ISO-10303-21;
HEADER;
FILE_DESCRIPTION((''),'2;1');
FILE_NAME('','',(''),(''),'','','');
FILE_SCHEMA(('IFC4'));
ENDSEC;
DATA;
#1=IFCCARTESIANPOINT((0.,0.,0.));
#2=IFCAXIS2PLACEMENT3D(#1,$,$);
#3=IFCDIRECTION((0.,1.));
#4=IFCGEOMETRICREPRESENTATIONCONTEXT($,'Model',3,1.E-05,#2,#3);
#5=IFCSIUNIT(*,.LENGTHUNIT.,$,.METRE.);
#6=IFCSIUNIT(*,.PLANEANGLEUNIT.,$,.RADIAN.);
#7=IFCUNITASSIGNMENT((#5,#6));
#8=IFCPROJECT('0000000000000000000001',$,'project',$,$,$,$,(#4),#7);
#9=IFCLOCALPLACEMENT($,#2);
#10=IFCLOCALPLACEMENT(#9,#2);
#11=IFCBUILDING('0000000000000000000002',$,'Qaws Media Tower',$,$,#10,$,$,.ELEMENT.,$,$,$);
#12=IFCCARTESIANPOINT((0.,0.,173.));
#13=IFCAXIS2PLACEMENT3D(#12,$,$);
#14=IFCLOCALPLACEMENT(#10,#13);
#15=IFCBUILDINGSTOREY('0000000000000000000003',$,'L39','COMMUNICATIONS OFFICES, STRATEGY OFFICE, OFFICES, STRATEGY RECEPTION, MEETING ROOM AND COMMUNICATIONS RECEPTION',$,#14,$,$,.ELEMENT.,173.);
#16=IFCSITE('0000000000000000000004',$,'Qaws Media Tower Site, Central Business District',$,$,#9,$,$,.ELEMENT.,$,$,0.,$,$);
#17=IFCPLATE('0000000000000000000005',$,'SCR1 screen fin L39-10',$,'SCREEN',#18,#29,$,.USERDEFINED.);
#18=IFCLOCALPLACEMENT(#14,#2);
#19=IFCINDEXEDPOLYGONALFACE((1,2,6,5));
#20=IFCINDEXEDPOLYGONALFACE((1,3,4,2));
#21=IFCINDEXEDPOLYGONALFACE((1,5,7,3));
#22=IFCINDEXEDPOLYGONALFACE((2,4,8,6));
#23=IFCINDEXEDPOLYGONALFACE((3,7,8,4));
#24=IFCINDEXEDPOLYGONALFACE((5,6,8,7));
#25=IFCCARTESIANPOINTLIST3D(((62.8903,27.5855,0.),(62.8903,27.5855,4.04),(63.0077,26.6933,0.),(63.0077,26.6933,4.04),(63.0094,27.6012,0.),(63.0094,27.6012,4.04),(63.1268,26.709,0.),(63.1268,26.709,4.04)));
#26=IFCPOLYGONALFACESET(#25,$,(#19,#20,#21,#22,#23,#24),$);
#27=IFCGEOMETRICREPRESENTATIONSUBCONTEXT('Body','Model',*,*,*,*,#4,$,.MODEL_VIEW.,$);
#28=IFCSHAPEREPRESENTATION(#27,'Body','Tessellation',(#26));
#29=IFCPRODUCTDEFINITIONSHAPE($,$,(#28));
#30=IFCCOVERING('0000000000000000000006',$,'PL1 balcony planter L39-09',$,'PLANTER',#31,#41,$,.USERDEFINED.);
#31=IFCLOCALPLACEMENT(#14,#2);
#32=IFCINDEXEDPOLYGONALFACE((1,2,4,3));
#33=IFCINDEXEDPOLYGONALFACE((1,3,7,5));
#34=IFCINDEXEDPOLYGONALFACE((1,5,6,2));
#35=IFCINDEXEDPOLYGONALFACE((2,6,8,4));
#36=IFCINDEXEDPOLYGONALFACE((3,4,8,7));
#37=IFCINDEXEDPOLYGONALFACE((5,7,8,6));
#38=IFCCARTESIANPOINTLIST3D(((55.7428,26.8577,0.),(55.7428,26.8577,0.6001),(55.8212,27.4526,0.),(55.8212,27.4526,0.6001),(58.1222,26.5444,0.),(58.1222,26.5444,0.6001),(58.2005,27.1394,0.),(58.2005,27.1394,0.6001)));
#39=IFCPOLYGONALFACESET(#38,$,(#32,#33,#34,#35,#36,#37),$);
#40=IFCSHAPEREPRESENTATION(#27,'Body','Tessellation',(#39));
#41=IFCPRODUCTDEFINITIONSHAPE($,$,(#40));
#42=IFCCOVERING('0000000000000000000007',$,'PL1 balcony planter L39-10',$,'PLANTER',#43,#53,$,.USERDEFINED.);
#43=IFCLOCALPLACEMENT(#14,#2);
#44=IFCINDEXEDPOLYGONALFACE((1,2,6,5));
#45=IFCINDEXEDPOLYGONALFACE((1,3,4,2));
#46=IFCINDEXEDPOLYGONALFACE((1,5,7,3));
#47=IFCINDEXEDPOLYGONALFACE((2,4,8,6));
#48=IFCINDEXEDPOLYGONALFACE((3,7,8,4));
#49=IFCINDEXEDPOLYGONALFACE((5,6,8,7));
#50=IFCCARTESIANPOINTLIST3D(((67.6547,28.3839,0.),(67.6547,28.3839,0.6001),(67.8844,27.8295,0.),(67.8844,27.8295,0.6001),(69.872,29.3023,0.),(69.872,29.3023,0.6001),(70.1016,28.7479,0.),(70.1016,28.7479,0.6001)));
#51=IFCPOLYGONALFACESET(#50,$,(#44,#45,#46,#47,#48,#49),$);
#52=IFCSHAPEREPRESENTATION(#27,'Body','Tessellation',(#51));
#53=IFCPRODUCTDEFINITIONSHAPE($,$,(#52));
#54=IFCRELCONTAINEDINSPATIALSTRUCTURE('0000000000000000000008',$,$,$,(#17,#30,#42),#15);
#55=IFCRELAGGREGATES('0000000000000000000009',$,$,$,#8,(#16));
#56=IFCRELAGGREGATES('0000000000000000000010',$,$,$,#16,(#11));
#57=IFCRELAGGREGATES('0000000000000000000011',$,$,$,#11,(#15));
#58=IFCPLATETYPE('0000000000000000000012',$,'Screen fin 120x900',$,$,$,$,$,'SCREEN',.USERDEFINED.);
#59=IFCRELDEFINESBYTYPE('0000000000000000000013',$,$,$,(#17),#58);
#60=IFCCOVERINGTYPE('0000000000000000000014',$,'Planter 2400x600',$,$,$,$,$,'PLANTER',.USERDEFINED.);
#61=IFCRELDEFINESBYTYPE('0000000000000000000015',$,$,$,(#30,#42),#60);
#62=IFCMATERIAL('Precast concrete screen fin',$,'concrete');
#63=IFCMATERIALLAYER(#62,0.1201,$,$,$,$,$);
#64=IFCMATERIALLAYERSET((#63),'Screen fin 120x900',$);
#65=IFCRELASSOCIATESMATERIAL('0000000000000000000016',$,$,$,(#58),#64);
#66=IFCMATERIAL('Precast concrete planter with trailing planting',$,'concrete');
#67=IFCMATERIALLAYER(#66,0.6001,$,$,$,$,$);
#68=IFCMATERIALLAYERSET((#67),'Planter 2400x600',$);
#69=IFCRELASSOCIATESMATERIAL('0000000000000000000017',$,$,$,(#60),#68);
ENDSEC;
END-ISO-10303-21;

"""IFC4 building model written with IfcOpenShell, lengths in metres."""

from ifc_helpers import new_model, si_unit, direction, frame, origin, origin_2d, place, context, subcontext, project, spatial, rectangle, extrude, material, layer, layer_set, type_object, element, save


model = new_model("IFC4")

# Units and contexts
model_context = context("Model", 3, precision=1e-05, world=origin(), true_north=direction((0.0, 1.0)))
body_context = subcontext(model_context, "Body", "Model", "MODEL_VIEW")
ifc_project = project(units=[si_unit("LENGTHUNIT", "METRE"), si_unit("PLANEANGLEUNIT", "RADIAN")], contexts=[model_context])

# Site, building, storey
site_placement = place(None, origin())
site = spatial("IfcSite", under=ifc_project, at=site_placement, Name="Qaws Media Tower Site, Central Business District", CompositionType="ELEMENT", RefElevation=0.0)
building_placement = place(site_placement, origin())
building = spatial("IfcBuilding", under=site, at=building_placement, Name="Qaws Media Tower", CompositionType="ELEMENT")
storey_placement = place(building_placement, frame((0.0, 0.0, 173.0)))
storey = spatial("IfcBuildingStorey", under=building, at=storey_placement, Name="L39", Description="COMMUNICATIONS OFFICES, STRATEGY OFFICE, OFFICES, STRATEGY RECEPTION, MEETING ROOM AND COMMUNICATIONS RECEPTION", CompositionType="ELEMENT", Elevation=173.0)

# Plate
ifc_material_1 = material(Name="Precast concrete screen fin", Category="concrete")
ifc_layer_1 = layer(ifc_material_1, 0.1201)
ifc_layer_set_1 = layer_set([ifc_layer_1], Name="Screen fin 120x900")
plate_type_1 = type_object("IfcPlateType", Name="Screen fin 120x900", ElementType="SCREEN", PredefinedType="USERDEFINED", material=ifc_layer_set_1)
plate_1_placement = place(storey_placement, frame((63.0085, 27.1472, 0.0), z_axis=(0.0, 0.0, 1.0), x_axis=(0.130526, -0.991445, 0.0)))
element("IfcPlate", 1, at=plate_1_placement, inside=storey, type_object=plate_type_1, Name="SCR1 screen fin L39-10", ObjectType="SCREEN", PredefinedType="USERDEFINED", context=body_context, shape_type="SweptSolid", body=[
    extrude(rectangle(XDim=0.8999, YDim=0.1201, at=origin_2d()), origin(), (0.0, 0.0, 1.0), 4.04),
])

# Coverings
ifc_material_2 = material(Name="Precast concrete planter with trailing planting", Category="concrete")
ifc_layer_2 = layer(ifc_material_2, 0.6001)
ifc_layer_set_2 = layer_set([ifc_layer_2], Name="Planter 2400x600")
covering_type = type_object("IfcCoveringType", Name="Planter 2400x600", ElementType="PLANTER", PredefinedType="USERDEFINED", material=ifc_layer_set_2)
for number, where, z_axis, x_axis, name in (
    (2, (56.9717, 26.9985, 0.0), (0.0, 0.0, 1.0), (0.991445, -0.130526, 0.0), "PL1 balcony planter L39-09"),
    (3, (68.8782, 28.5659, 0.0), (0.0, 0.0, 1.0), (0.92388, 0.382683, 0.0), "PL1 balcony planter L39-10"),
):
    element("IfcCovering", number, at=place(storey_placement, frame(where, z_axis=z_axis, x_axis=x_axis)), inside=storey, type_object=covering_type, Name=name, ObjectType="PLANTER", PredefinedType="USERDEFINED", context=body_context, shape_type="SweptSolid", body=[
        extrude(rectangle(XDim=2.3999, YDim=0.6001, at=origin_2d()), origin(), (0.0, 0.0, 1.0), 0.6001),
    ])

save(model, "model.ifc")
